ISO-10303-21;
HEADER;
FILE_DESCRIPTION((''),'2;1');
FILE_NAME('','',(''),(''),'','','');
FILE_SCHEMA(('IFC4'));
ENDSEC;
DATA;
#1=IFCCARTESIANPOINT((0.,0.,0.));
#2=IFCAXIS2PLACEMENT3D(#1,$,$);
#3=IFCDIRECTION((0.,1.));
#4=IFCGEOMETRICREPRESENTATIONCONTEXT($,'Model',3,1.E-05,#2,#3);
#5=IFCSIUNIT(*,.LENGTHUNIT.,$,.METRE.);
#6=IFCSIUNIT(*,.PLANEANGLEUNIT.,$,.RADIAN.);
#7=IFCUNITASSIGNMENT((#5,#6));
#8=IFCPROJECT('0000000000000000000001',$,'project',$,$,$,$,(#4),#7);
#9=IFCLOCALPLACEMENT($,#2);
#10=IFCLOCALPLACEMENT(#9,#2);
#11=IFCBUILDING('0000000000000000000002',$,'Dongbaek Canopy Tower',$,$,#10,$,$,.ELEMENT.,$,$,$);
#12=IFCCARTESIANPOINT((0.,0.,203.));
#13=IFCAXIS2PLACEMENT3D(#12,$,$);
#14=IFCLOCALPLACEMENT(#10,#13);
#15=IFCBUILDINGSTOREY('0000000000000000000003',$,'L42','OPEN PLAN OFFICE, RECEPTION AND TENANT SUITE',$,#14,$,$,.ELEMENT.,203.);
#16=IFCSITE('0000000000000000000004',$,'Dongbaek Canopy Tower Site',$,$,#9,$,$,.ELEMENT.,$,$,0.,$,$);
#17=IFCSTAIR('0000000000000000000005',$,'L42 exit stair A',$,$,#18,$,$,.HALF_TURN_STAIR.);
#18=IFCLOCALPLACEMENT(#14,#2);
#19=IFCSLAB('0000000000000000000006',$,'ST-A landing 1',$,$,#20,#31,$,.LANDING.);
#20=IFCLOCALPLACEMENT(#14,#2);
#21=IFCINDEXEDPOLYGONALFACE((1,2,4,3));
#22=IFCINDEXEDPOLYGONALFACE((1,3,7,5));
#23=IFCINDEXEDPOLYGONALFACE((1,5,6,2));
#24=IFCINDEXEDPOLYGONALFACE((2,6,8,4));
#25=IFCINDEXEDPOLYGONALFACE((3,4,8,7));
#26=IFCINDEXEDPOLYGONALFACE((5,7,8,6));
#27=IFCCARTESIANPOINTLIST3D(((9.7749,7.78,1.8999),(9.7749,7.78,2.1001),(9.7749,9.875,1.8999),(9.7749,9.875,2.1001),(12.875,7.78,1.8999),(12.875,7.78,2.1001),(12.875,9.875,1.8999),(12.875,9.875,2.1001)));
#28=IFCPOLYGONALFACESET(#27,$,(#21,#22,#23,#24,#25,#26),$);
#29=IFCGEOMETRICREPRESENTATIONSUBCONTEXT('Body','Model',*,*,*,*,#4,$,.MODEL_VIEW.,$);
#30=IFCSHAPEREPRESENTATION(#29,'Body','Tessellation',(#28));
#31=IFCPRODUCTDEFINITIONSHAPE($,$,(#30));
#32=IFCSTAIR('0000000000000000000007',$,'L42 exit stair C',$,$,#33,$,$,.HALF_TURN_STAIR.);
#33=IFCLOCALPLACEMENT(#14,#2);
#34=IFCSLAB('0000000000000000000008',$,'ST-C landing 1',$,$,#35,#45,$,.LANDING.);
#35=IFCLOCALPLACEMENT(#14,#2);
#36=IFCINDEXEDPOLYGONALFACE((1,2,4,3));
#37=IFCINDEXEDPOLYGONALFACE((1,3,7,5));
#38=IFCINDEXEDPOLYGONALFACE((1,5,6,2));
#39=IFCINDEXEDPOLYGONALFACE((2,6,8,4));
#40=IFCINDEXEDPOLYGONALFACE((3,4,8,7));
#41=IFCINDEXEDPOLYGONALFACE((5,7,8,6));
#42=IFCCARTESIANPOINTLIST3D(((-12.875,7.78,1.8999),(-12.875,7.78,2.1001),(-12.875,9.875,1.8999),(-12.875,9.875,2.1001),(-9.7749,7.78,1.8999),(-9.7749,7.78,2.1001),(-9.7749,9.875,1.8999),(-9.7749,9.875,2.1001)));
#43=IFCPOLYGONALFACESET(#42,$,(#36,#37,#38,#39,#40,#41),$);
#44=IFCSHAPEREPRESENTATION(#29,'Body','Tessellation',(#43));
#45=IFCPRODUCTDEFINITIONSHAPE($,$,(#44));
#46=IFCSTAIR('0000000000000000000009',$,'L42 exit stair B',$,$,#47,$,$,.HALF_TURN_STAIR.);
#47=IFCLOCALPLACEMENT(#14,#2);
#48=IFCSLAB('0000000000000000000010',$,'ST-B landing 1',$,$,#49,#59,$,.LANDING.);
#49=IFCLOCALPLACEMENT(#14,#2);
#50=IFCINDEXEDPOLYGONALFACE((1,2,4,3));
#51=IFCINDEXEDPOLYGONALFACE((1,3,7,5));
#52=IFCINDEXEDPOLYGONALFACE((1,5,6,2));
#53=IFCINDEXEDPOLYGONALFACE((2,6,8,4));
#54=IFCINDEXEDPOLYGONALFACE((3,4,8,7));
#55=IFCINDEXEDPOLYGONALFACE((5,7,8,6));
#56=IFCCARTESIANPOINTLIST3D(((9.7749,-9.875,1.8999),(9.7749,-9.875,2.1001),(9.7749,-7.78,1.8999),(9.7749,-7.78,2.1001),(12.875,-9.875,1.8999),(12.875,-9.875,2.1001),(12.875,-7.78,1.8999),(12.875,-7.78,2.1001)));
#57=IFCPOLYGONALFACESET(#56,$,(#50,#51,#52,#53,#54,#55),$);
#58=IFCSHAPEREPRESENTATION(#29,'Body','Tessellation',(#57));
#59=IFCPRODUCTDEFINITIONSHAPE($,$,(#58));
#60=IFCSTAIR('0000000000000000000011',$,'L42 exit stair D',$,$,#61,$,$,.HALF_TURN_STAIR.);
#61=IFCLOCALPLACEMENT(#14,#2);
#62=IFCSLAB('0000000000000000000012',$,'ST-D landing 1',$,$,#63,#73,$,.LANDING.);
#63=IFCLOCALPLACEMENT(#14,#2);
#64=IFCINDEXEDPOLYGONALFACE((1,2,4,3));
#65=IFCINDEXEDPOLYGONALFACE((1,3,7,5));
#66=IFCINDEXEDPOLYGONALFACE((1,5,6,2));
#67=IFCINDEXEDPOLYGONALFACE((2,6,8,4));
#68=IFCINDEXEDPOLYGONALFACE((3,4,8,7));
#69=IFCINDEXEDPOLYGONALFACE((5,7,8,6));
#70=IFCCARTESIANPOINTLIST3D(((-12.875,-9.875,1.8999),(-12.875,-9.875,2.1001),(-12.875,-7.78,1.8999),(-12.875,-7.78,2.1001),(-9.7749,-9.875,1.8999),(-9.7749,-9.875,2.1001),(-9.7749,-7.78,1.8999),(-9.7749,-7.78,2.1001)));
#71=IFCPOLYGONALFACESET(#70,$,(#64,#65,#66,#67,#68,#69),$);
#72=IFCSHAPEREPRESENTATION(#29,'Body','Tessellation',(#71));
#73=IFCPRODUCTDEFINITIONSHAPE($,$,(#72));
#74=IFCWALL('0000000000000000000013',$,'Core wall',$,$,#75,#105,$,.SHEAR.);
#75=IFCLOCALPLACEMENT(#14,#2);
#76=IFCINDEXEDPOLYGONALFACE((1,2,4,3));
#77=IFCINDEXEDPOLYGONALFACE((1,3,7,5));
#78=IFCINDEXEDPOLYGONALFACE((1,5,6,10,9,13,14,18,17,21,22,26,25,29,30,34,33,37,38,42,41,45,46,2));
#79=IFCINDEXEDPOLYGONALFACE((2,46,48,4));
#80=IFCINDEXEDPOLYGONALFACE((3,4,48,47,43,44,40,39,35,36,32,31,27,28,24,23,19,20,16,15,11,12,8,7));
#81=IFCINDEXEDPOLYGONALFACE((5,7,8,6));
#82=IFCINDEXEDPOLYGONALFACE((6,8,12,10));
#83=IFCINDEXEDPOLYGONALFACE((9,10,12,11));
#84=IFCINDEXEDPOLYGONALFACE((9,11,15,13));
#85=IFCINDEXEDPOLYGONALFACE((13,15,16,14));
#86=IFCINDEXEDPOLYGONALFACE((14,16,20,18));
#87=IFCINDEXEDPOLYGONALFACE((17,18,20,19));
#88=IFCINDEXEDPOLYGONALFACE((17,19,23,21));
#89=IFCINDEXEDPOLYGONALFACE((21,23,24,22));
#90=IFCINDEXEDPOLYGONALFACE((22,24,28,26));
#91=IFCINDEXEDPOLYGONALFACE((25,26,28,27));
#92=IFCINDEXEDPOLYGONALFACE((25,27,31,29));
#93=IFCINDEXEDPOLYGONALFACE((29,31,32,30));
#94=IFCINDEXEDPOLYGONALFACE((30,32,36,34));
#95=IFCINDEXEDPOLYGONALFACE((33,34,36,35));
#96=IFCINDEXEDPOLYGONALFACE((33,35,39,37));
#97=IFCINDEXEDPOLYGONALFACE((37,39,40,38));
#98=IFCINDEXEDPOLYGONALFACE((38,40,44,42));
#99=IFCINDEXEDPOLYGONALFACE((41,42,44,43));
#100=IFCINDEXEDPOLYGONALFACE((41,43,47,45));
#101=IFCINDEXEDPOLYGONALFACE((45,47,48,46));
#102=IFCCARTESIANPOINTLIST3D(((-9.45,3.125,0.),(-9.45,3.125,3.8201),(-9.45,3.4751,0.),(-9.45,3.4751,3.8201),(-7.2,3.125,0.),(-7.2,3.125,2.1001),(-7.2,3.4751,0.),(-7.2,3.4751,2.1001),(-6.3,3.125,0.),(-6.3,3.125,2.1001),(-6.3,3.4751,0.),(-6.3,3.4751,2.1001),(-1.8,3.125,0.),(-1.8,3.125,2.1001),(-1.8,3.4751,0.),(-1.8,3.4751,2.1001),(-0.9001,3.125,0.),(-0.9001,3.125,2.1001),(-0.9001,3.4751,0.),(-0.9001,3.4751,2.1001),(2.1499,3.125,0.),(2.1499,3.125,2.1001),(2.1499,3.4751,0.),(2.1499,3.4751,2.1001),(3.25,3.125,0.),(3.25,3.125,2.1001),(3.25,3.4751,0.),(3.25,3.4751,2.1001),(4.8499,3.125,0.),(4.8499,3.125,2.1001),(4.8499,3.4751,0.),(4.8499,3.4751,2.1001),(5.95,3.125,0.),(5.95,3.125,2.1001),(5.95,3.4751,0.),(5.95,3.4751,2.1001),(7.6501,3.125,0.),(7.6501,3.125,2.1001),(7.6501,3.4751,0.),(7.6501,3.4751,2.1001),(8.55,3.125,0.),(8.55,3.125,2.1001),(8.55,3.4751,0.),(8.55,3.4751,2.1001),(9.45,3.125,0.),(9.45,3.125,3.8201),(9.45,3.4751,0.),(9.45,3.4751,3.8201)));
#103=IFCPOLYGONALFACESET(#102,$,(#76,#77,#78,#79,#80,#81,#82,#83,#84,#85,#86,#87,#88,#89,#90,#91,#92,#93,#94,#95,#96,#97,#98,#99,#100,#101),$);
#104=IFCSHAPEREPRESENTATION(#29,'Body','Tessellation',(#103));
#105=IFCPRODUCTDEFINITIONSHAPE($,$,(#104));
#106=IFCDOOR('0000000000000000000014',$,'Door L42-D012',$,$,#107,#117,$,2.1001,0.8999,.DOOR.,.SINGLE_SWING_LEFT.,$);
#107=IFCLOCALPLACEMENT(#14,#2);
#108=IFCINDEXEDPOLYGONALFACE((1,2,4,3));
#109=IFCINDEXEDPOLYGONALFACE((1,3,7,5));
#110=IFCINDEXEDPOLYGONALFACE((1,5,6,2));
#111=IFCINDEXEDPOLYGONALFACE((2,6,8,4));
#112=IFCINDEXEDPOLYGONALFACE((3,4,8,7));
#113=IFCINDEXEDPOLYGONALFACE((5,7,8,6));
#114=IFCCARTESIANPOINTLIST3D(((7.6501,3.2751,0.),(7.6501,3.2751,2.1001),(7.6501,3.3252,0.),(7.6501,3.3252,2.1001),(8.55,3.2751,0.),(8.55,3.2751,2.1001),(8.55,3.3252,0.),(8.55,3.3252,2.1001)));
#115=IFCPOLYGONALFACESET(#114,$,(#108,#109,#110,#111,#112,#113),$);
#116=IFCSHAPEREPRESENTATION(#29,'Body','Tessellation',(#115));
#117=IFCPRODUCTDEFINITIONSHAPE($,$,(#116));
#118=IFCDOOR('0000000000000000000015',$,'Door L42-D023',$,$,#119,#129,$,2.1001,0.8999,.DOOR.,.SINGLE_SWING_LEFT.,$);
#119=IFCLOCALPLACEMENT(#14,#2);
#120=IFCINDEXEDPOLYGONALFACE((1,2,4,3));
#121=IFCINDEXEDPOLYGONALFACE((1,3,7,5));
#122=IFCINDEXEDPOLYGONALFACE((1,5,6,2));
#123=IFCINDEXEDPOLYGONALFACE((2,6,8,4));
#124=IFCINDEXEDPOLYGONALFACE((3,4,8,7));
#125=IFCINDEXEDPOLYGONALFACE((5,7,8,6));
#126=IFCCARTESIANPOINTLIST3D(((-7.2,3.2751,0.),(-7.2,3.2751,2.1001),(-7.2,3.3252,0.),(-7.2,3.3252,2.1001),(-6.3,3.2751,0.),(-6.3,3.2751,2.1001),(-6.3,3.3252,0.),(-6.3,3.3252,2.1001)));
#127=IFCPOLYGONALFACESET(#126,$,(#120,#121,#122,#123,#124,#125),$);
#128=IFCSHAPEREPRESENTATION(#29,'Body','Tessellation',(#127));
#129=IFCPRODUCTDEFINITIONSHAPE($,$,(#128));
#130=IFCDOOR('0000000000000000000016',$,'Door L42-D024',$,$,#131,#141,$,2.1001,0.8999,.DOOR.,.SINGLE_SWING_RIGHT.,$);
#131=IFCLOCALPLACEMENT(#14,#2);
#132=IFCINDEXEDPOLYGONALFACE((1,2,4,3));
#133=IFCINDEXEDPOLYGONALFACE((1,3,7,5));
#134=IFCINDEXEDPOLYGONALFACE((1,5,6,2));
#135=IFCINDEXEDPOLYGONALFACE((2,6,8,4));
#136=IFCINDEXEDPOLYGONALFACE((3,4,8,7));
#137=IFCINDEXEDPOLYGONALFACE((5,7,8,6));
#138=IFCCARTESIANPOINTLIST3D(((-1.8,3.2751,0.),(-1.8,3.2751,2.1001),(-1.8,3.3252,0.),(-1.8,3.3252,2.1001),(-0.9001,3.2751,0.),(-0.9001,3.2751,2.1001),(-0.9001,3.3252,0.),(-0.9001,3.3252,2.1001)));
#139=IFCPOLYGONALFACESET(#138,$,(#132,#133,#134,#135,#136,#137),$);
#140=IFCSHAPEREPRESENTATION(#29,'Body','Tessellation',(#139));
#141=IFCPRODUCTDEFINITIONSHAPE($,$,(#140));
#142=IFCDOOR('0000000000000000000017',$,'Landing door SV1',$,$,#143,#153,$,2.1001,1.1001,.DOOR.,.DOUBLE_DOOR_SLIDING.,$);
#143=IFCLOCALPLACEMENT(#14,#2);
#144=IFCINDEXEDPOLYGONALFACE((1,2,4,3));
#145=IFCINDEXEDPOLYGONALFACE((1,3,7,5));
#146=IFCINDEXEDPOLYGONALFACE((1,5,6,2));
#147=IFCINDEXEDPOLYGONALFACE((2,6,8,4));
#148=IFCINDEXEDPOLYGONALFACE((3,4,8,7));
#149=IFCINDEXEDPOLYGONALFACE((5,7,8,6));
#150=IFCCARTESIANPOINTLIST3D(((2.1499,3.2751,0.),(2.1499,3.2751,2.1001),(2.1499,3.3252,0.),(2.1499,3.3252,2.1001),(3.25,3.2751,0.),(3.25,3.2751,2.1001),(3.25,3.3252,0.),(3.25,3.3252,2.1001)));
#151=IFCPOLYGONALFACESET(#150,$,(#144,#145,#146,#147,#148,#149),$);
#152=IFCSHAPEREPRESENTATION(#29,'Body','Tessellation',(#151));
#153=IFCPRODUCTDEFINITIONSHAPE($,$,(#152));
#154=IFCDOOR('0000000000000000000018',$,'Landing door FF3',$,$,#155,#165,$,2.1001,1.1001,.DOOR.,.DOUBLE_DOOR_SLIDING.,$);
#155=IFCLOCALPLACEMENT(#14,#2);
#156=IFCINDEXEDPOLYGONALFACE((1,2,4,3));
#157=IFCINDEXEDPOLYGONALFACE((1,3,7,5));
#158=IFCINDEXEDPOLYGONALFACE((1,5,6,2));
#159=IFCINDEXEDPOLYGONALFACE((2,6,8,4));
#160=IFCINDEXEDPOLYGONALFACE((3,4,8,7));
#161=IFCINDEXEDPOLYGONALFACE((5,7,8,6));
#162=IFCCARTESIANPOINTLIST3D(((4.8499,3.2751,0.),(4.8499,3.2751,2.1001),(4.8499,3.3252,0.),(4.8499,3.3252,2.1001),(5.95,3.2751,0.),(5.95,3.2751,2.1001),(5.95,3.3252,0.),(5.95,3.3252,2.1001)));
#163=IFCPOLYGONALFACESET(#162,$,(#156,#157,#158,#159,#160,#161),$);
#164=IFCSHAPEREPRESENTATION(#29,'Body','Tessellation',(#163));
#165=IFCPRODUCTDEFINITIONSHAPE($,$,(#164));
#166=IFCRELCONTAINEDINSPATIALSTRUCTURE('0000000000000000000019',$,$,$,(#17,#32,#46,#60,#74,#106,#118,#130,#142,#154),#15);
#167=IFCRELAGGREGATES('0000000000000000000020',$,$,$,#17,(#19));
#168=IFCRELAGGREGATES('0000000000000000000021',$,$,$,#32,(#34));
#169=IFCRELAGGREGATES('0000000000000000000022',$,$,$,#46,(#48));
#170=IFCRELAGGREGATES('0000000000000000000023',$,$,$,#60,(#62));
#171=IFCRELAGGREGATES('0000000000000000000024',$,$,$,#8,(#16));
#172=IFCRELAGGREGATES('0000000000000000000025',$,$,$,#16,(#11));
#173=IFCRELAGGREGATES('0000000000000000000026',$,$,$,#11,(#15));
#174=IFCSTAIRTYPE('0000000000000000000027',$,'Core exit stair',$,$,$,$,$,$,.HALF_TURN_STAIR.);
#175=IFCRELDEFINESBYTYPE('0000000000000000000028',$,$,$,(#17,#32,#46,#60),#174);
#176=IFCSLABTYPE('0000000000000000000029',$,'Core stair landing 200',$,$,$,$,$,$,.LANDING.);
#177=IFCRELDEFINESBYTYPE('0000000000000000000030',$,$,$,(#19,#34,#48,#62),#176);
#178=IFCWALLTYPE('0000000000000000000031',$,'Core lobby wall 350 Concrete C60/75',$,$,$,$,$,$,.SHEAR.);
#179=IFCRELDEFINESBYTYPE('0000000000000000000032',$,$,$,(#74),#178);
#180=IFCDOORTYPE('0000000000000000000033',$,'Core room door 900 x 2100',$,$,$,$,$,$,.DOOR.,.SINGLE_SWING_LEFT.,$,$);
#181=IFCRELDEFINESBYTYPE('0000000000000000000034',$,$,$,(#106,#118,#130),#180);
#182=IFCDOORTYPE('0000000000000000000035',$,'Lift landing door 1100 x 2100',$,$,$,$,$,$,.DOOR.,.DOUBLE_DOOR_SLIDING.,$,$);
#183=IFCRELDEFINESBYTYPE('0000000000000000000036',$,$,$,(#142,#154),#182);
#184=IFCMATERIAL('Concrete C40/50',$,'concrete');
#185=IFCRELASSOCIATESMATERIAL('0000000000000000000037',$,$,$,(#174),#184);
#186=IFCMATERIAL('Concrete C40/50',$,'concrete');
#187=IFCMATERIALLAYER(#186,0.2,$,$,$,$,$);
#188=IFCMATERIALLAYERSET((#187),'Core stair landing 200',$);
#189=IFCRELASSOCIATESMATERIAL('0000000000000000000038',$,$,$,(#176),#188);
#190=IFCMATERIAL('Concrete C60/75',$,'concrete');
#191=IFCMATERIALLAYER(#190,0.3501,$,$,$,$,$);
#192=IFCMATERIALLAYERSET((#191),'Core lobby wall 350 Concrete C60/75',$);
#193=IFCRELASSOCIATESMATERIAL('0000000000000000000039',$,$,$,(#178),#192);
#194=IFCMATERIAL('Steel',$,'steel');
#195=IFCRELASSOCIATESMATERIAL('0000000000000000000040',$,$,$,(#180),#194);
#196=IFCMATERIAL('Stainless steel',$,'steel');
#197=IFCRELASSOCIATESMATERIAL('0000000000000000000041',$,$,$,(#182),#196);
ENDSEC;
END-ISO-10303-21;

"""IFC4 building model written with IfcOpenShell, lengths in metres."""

from ifc_helpers import new_model, si_unit, direction, frame, frame_2d, origin, place, context, subcontext, project, spatial, polyline, rectangle, outline, extrude, material, layer, layer_set, type_object, element, fill, aggregate, save


model = new_model("IFC4")

# Units and contexts
model_context = context("Model", 3, precision=1e-05, world=origin(), true_north=direction((0.0, 1.0)))
body_context = subcontext(model_context, "Body", "Model", "MODEL_VIEW")
ifc_project = project(units=[si_unit("LENGTHUNIT", "METRE"), si_unit("PLANEANGLEUNIT", "RADIAN")], contexts=[model_context])

# Site, building, storey
site_placement = place(None, origin())
site = spatial("IfcSite", under=ifc_project, at=site_placement, Name="Dongbaek Canopy Tower Site", CompositionType="ELEMENT", RefElevation=0.0)
building_placement = place(site_placement, origin())
building = spatial("IfcBuilding", under=site, at=building_placement, Name="Dongbaek Canopy Tower", CompositionType="ELEMENT")
storey_placement = place(building_placement, frame((0.0, 0.0, 203.0)))
storey = spatial("IfcBuildingStorey", under=building, at=storey_placement, Name="L42", Description="OPEN PLAN OFFICE, RECEPTION AND TENANT SUITE", CompositionType="ELEMENT", Elevation=203.0)

# Stairs, slabs
ifc_material_1 = material(Name="Concrete C40/50", Category="concrete")
stair_type = type_object("IfcStairType", Name="Core exit stair", PredefinedType="HALF_TURN_STAIR", material=ifc_material_1)
stair_1_placement = place(storey_placement, origin())
stair_1 = element("IfcStair", 1, at=stair_1_placement, inside=storey, type_object=stair_type, Name="L42 exit stair A", PredefinedType="HALF_TURN_STAIR")
ifc_material_2 = material(Name="Concrete C40/50", Category="concrete")
ifc_layer_1 = layer(ifc_material_2, 0.2)
ifc_layer_set_1 = layer_set([ifc_layer_1], Name="Core stair landing 200")
slab_type = type_object("IfcSlabType", Name="Core stair landing 200", PredefinedType="LANDING", material=ifc_layer_set_1)
slab_1_placement = place(storey_placement, frame((0.0, 0.0, 1.8999)))
slab_1 = element("IfcSlab", 2, at=slab_1_placement, type_object=slab_type, Name="ST-A landing 1", PredefinedType="LANDING", context=body_context, shape_type="SweptSolid", body=[
    extrude(outline(polyline([(12.875, 7.78), (12.875, 9.875), (9.7749, 9.875), (9.7749, 7.78), (12.875, 7.78)])), origin(), (0.0, 0.0, 1.0), 0.2002),
])
aggregate(stair_1, [slab_1])
stair_2_placement = place(storey_placement, origin())
stair_2 = element("IfcStair", 3, at=stair_2_placement, inside=storey, type_object=stair_type, Name="L42 exit stair C", PredefinedType="HALF_TURN_STAIR")
slab_2_placement = place(storey_placement, frame((0.0, 0.0, 1.8999)))
slab_2 = element("IfcSlab", 4, at=slab_2_placement, type_object=slab_type, Name="ST-C landing 1", PredefinedType="LANDING", context=body_context, shape_type="SweptSolid", body=[
    extrude(outline(polyline([(-9.7749, 7.78), (-9.7749, 9.875), (-12.875, 9.875), (-12.875, 7.78), (-9.7749, 7.78)])), origin(), (0.0, 0.0, 1.0), 0.2002),
])
aggregate(stair_2, [slab_2])
stair_3_placement = place(storey_placement, origin())
stair_3 = element("IfcStair", 5, at=stair_3_placement, inside=storey, type_object=stair_type, Name="L42 exit stair B", PredefinedType="HALF_TURN_STAIR")
slab_3_placement = place(storey_placement, frame((0.0, 0.0, 1.8999)))
slab_3 = element("IfcSlab", 6, at=slab_3_placement, type_object=slab_type, Name="ST-B landing 1", PredefinedType="LANDING", context=body_context, shape_type="SweptSolid", body=[
    extrude(outline(polyline([(9.7749, -7.78), (9.7749, -9.875), (12.875, -9.875), (12.875, -7.78), (9.7749, -7.78)])), origin(), (0.0, 0.0, 1.0), 0.2002),
])
aggregate(stair_3, [slab_3])
stair_4_placement = place(storey_placement, origin())
stair_4 = element("IfcStair", 7, at=stair_4_placement, inside=storey, type_object=stair_type, Name="L42 exit stair D", PredefinedType="HALF_TURN_STAIR")
slab_4_placement = place(storey_placement, frame((0.0, 0.0, 1.8999)))
slab_4 = element("IfcSlab", 8, at=slab_4_placement, type_object=slab_type, Name="ST-D landing 1", PredefinedType="LANDING", context=body_context, shape_type="SweptSolid", body=[
    extrude(outline(polyline([(-12.875, -7.78), (-12.875, -9.875), (-9.7749, -9.875), (-9.7749, -7.78), (-12.875, -7.78)])), origin(), (0.0, 0.0, 1.0), 0.2002),
])
aggregate(stair_4, [slab_4])

# Wall, openings, doors
ifc_material_3 = material(Name="Concrete C60/75", Category="concrete")
ifc_layer_2 = layer(ifc_material_3, 0.3501)
ifc_layer_set_2 = layer_set([ifc_layer_2], Name="Core lobby wall 350 Concrete C60/75")
wall_type_1 = type_object("IfcWallType", Name="Core lobby wall 350 Concrete C60/75", PredefinedType="SHEAR", material=ifc_layer_set_2)
wall_1_placement = place(storey_placement, frame((9.45, 3.3, 0.0), z_axis=(0.0, 0.0, 1.0), x_axis=(-1.0, 0.0, 0.0)))
wall_1 = element("IfcWall", 9, at=wall_1_placement, inside=storey, type_object=wall_type_1, Name="Core wall", PredefinedType="SHEAR", context=body_context, shape_type="SweptSolid", body=[
    extrude(rectangle(XDim=18.8999, YDim=0.3501, at=frame_2d((9.45, 0.0))), origin(), (0.0, 0.0, 1.0), 3.8201),
])
opening_1_placement = place(wall_1_placement, frame((6.2, 0.0, 0.0)))
opening_1 = element("IfcOpeningElement", 10, at=opening_1_placement, cuts=wall_1, PredefinedType="OPENING", context=body_context, shape_type="SweptSolid", body=[
    extrude(rectangle(XDim=1.1001, YDim=2.1001, at=frame_2d((0.55, 1.05))), frame((0.0, 0.1851, 0.0), z_axis=(0.0, -1.0, 0.0), x_axis=(1.0, 0.0, 0.0)), (0.0, 0.0, 1.0), 0.3701),
])
opening_2_placement = place(wall_1_placement, frame((3.5, 0.0, 0.0)))
opening_2 = element("IfcOpeningElement", 11, at=opening_2_placement, cuts=wall_1, PredefinedType="OPENING", context=body_context, shape_type="SweptSolid", body=[
    extrude(rectangle(XDim=1.1001, YDim=2.1001, at=frame_2d((0.55, 1.05))), frame((0.0, 0.1851, 0.0), z_axis=(0.0, -1.0, 0.0), x_axis=(1.0, 0.0, 0.0)), (0.0, 0.0, 1.0), 0.3701),
])
opening_3_placement = place(wall_1_placement, frame((0.8999, 0.0, 0.0)))
opening_3 = element("IfcOpeningElement", 12, at=opening_3_placement, cuts=wall_1, PredefinedType="OPENING", context=body_context, shape_type="SweptSolid", body=[
    extrude(rectangle(XDim=0.8999, YDim=2.1001, at=frame_2d((0.45, 1.05))), frame((0.0, 0.1851, 0.0), z_axis=(0.0, -1.0, 0.0), x_axis=(1.0, 0.0, 0.0)), (0.0, 0.0, 1.0), 0.3701),
])
opening_4_placement = place(wall_1_placement, frame((15.75, 0.0, 0.0)))
opening_4 = element("IfcOpeningElement", 13, at=opening_4_placement, cuts=wall_1, PredefinedType="OPENING", context=body_context, shape_type="SweptSolid", body=[
    extrude(rectangle(XDim=0.8999, YDim=2.1001, at=frame_2d((0.45, 1.05))), frame((0.0, 0.1851, 0.0), z_axis=(0.0, -1.0, 0.0), x_axis=(1.0, 0.0, 0.0)), (0.0, 0.0, 1.0), 0.3701),
])
opening_5_placement = place(wall_1_placement, frame((10.3501, 0.0, 0.0)))
opening_5 = element("IfcOpeningElement", 14, at=opening_5_placement, cuts=wall_1, PredefinedType="OPENING", context=body_context, shape_type="SweptSolid", body=[
    extrude(rectangle(XDim=0.8999, YDim=2.1001, at=frame_2d((0.45, 1.05))), frame((0.0, 0.1851, 0.0), z_axis=(0.0, -1.0, 0.0), x_axis=(1.0, 0.0, 0.0)), (0.0, 0.0, 1.0), 0.3701),
])
ifc_material_4 = material(Name="Steel", Category="steel")
door_type_1 = type_object("IfcDoorType", Name="Core room door 900 x 2100", OperationType="SINGLE_SWING_LEFT", PredefinedType="DOOR", material=ifc_material_4)
door_1_placement = place(opening_3_placement, origin())
door_1 = element("IfcDoor", 15, at=door_1_placement, inside=storey, type_object=door_type_1, Name="Door L42-D012", OperationType="SINGLE_SWING_LEFT", OverallHeight=2.1001, OverallWidth=0.8999, PredefinedType="DOOR", context=body_context, shape_type="SweptSolid", body=[
    extrude(rectangle(XDim=0.8999, YDim=2.1001, at=frame_2d((0.45, 1.05))), frame((0.0, 0.0249, 0.0), z_axis=(0.0, -1.0, 0.0), x_axis=(1.0, 0.0, 0.0)), (0.0, 0.0, 1.0), 0.05),
])
fill(opening_3, door_1)
door_2_placement = place(opening_4_placement, origin())
door_2 = element("IfcDoor", 16, at=door_2_placement, inside=storey, type_object=door_type_1, Name="Door L42-D023", OperationType="SINGLE_SWING_LEFT", OverallHeight=2.1001, OverallWidth=0.8999, PredefinedType="DOOR", context=body_context, shape_type="SweptSolid", body=[
    extrude(rectangle(XDim=0.8999, YDim=2.1001, at=frame_2d((0.45, 1.05))), frame((0.0, 0.0249, 0.0), z_axis=(0.0, -1.0, 0.0), x_axis=(1.0, 0.0, 0.0)), (0.0, 0.0, 1.0), 0.05),
])
fill(opening_4, door_2)
door_3_placement = place(opening_5_placement, origin())
door_3 = element("IfcDoor", 17, at=door_3_placement, inside=storey, type_object=door_type_1, Name="Door L42-D024", OperationType="SINGLE_SWING_RIGHT", OverallHeight=2.1001, OverallWidth=0.8999, PredefinedType="DOOR", context=body_context, shape_type="SweptSolid", body=[
    extrude(rectangle(XDim=0.8999, YDim=2.1001, at=frame_2d((0.45, 1.05))), frame((0.0, 0.0249, 0.0), z_axis=(0.0, -1.0, 0.0), x_axis=(1.0, 0.0, 0.0)), (0.0, 0.0, 1.0), 0.05),
])
fill(opening_5, door_3)
ifc_material_5 = material(Name="Stainless steel", Category="steel")
door_type_2 = type_object("IfcDoorType", Name="Lift landing door 1100 x 2100", OperationType="DOUBLE_DOOR_SLIDING", PredefinedType="DOOR", material=ifc_material_5)
door_4_placement = place(opening_1_placement, origin())
door_4 = element("IfcDoor", 18, at=door_4_placement, inside=storey, type_object=door_type_2, Name="Landing door SV1", OperationType="DOUBLE_DOOR_SLIDING", OverallHeight=2.1001, OverallWidth=1.1001, PredefinedType="DOOR", context=body_context, shape_type="SweptSolid", body=[
    extrude(rectangle(XDim=1.1001, YDim=2.1001, at=frame_2d((0.55, 1.05))), frame((0.0, 0.0249, 0.0), z_axis=(0.0, -1.0, 0.0), x_axis=(1.0, 0.0, 0.0)), (0.0, 0.0, 1.0), 0.05),
])
fill(opening_1, door_4)
door_5_placement = place(opening_2_placement, origin())
door_5 = element("IfcDoor", 19, at=door_5_placement, inside=storey, type_object=door_type_2, Name="Landing door FF3", OperationType="DOUBLE_DOOR_SLIDING", OverallHeight=2.1001, OverallWidth=1.1001, PredefinedType="DOOR", context=body_context, shape_type="SweptSolid", body=[
    extrude(rectangle(XDim=1.1001, YDim=2.1001, at=frame_2d((0.55, 1.05))), frame((0.0, 0.0249, 0.0), z_axis=(0.0, -1.0, 0.0), x_axis=(1.0, 0.0, 0.0)), (0.0, 0.0, 1.0), 0.05),
])
fill(opening_2, door_5)

save(model, "model.ifc")
